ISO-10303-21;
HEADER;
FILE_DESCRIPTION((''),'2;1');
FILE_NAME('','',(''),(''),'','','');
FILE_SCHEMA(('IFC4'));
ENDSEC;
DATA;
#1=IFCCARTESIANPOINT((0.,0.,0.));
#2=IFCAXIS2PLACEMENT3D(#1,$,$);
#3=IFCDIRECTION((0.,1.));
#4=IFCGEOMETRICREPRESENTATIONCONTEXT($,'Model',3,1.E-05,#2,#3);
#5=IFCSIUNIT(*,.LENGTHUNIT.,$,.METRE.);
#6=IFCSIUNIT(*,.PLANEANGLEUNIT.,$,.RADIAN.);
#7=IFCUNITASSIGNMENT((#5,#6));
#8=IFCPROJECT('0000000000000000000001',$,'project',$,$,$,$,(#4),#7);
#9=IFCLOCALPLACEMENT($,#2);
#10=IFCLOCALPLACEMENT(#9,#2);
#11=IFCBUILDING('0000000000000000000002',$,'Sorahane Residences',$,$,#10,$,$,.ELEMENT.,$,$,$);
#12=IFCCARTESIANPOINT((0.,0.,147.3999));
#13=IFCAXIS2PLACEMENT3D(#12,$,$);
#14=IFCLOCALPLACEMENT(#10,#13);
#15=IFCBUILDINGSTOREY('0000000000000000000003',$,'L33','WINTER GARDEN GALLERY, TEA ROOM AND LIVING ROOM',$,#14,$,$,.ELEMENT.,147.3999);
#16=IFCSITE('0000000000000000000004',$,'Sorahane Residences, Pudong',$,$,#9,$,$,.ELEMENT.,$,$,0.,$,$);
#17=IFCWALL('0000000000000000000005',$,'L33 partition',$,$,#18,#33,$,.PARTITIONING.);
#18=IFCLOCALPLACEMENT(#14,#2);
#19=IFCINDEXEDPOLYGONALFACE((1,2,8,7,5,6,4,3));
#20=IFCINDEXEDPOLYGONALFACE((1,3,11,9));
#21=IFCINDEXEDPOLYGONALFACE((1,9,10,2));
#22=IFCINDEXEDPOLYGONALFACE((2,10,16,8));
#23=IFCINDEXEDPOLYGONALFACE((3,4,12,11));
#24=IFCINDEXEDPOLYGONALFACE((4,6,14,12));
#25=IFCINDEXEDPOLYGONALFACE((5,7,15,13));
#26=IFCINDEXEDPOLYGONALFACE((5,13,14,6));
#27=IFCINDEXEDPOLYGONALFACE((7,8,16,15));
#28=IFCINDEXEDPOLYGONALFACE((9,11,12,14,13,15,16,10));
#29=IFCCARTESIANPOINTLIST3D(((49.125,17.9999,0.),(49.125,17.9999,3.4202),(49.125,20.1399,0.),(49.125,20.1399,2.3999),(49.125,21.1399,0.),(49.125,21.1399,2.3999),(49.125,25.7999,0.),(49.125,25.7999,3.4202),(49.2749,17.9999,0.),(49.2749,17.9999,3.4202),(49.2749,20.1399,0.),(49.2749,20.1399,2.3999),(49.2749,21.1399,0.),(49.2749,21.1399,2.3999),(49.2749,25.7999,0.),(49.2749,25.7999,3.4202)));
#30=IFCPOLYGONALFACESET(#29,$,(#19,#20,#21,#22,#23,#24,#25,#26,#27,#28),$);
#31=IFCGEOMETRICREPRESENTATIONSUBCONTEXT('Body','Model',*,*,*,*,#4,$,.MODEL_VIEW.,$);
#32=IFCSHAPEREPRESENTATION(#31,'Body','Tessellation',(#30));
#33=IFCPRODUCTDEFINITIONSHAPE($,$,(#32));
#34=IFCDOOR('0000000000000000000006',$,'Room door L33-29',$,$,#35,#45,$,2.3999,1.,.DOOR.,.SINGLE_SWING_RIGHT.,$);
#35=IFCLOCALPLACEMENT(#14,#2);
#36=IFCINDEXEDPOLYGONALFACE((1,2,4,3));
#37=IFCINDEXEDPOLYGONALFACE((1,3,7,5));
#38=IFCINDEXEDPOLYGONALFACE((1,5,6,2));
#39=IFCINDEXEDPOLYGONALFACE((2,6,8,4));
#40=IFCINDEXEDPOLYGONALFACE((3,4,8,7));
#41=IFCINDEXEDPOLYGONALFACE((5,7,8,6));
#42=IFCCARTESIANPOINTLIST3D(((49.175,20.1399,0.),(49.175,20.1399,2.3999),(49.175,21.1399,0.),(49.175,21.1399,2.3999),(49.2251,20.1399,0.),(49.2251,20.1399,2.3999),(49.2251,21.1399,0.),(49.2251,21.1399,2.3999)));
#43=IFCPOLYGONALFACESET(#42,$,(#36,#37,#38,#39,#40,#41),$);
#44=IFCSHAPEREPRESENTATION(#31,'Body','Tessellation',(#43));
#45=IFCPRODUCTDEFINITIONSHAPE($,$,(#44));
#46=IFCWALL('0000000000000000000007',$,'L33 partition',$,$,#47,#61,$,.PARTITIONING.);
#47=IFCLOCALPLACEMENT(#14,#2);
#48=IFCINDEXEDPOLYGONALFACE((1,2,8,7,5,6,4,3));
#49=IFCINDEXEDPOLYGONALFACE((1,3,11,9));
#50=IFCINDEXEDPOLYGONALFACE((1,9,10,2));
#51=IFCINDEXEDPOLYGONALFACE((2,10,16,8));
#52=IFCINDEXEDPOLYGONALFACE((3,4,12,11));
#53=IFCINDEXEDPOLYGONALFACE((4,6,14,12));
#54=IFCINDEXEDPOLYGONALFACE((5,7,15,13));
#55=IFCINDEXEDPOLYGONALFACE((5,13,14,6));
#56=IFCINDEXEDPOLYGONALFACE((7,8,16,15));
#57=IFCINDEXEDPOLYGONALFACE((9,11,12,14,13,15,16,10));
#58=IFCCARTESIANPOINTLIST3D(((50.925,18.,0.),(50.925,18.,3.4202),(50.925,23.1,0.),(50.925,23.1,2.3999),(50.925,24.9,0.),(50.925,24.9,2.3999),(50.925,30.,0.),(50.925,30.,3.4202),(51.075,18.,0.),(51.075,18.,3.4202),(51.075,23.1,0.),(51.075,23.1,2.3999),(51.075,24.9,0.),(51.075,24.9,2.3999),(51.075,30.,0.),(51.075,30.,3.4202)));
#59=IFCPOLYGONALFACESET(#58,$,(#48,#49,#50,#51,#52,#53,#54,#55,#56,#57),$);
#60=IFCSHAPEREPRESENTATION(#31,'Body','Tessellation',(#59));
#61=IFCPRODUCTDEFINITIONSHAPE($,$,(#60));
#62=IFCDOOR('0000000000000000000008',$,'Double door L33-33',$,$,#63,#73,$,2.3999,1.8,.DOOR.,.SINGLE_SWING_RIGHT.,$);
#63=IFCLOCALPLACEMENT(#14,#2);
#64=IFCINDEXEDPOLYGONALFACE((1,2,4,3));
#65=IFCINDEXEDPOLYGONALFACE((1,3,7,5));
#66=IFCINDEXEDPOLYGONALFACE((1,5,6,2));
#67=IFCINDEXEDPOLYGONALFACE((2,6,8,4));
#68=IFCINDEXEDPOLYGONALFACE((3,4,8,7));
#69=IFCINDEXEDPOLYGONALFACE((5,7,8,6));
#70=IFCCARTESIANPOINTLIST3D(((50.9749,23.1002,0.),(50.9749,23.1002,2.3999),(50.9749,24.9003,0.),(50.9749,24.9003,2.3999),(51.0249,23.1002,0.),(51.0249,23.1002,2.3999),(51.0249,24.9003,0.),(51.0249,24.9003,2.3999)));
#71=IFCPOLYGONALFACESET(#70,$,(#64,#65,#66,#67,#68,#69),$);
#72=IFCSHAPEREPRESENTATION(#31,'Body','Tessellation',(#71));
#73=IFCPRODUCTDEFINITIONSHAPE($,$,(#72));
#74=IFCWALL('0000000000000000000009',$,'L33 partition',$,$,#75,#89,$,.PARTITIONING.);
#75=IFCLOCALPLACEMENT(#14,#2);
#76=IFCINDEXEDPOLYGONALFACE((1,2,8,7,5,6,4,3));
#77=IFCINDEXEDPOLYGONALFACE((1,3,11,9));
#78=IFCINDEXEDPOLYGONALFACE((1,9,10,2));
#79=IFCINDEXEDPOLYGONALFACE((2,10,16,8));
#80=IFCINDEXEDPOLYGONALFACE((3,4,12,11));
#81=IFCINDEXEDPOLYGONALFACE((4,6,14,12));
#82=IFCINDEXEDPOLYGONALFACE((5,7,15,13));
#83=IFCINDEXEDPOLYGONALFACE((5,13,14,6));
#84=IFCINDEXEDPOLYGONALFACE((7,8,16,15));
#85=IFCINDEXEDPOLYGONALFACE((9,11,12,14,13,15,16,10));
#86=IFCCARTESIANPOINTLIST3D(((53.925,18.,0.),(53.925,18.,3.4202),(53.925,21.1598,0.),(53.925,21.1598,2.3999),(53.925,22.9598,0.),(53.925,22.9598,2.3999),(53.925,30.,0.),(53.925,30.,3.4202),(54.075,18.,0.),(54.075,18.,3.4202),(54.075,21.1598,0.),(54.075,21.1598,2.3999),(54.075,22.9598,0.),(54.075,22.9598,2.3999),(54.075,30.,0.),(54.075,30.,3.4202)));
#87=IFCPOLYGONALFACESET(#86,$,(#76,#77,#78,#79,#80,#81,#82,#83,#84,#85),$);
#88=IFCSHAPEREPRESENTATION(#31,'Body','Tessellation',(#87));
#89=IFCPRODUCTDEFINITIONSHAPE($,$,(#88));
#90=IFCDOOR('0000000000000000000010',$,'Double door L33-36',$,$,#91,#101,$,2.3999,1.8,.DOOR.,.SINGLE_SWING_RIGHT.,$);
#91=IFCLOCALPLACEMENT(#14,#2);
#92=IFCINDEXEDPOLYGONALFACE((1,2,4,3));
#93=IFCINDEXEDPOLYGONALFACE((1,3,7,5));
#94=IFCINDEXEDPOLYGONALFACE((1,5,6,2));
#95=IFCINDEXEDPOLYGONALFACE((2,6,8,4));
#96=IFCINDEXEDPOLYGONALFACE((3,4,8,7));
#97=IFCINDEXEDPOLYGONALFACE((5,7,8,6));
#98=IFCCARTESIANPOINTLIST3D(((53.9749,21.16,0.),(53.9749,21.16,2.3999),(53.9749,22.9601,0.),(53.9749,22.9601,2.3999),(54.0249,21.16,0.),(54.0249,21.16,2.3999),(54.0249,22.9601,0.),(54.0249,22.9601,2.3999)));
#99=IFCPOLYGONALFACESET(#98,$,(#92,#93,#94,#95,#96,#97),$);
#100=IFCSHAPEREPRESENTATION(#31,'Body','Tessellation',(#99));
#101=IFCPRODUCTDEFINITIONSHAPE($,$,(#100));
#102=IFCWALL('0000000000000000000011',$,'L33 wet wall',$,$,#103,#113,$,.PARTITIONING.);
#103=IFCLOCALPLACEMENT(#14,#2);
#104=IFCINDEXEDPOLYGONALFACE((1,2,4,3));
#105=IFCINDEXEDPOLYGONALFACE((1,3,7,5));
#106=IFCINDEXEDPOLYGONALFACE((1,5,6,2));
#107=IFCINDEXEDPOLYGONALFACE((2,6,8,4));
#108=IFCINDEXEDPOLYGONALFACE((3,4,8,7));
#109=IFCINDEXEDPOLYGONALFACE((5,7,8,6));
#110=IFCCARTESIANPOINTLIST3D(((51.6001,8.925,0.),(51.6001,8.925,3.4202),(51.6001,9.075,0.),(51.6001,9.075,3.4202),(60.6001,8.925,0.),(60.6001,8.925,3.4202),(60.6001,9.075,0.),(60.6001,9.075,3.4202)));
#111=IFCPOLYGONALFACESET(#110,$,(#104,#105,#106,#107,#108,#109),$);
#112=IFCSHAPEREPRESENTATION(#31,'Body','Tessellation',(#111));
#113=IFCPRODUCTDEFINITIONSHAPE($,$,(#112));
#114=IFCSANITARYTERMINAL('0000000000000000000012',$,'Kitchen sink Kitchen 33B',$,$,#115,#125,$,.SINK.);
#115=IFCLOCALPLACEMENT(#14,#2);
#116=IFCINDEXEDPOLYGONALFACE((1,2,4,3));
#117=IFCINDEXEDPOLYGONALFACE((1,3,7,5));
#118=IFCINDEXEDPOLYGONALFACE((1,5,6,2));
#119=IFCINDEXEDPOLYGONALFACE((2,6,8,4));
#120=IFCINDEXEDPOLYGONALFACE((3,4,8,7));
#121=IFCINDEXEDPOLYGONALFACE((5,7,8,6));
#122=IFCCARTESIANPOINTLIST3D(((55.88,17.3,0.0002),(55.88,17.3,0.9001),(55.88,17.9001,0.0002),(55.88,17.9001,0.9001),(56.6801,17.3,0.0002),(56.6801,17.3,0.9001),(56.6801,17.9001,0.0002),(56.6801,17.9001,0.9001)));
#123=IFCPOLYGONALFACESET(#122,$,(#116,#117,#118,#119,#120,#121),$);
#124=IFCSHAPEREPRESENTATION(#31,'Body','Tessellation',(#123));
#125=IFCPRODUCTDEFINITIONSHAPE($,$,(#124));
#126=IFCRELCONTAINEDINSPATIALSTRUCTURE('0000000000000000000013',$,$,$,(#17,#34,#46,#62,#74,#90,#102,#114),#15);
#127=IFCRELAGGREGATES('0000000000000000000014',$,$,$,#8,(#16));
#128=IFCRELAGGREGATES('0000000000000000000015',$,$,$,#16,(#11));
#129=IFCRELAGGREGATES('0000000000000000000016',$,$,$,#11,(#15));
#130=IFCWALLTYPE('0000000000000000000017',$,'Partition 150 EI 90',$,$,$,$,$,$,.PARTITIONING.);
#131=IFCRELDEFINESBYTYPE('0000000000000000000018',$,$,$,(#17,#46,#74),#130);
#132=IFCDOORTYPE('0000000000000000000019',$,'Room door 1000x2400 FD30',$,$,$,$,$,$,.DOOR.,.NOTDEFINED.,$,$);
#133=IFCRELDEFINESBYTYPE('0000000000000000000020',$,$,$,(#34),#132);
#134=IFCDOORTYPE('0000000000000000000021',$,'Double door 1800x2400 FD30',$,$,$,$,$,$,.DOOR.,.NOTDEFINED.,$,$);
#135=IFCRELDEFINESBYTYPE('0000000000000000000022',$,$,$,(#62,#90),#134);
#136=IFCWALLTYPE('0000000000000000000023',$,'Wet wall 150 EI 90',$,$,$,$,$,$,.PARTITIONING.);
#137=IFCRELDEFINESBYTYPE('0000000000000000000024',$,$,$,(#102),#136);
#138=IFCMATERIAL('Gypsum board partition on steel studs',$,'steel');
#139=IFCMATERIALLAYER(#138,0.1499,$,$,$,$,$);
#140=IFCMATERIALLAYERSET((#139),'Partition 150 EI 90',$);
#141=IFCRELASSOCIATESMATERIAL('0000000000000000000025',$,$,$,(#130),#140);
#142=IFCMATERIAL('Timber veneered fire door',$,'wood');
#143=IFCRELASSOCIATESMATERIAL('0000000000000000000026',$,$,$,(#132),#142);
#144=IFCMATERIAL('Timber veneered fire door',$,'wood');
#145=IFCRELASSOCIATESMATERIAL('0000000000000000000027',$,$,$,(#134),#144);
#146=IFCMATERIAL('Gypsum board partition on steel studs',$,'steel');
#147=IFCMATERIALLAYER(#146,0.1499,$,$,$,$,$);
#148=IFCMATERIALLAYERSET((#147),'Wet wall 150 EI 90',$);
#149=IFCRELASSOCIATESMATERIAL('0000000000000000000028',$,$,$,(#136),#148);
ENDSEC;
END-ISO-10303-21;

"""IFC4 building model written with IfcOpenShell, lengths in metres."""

from ifc_helpers import new_model, si_unit, direction, frame, frame_2d, origin, origin_2d, place, context, subcontext, project, spatial, rectangle, extrude, material, layer, layer_set, type_object, element, fill, save


model = new_model("IFC4")

# Units and contexts
model_context = context("Model", 3, precision=1e-05, world=origin(), true_north=direction((0.0, 1.0)))
body_context = subcontext(model_context, "Body", "Model", "MODEL_VIEW")
ifc_project = project(units=[si_unit("LENGTHUNIT", "METRE"), si_unit("PLANEANGLEUNIT", "RADIAN")], contexts=[model_context])

# Site, building, storey
site_placement = place(None, origin())
site = spatial("IfcSite", under=ifc_project, at=site_placement, Name="Sorahane Residences, Pudong", CompositionType="ELEMENT", RefElevation=0.0)
building_placement = place(site_placement, origin())
building = spatial("IfcBuilding", under=site, at=building_placement, Name="Sorahane Residences", CompositionType="ELEMENT")
storey_placement = place(building_placement, frame((0.0, 0.0, 147.3999)))
storey = spatial("IfcBuildingStorey", under=building, at=storey_placement, Name="L33", Description="WINTER GARDEN GALLERY, TEA ROOM AND LIVING ROOM", CompositionType="ELEMENT", Elevation=147.3999)

# Walls, openings, doors
ifc_material_1 = material(Name="Gypsum board partition on steel studs", Category="steel")
ifc_layer_1 = layer(ifc_material_1, 0.1499)
ifc_layer_set_1 = layer_set([ifc_layer_1], Name="Partition 150 EI 90")
wall_type_1 = type_object("IfcWallType", Name="Partition 150 EI 90", PredefinedType="PARTITIONING", material=ifc_layer_set_1)
wall_1_placement = place(storey_placement, frame((49.2, 18.0, 0.0), z_axis=(0.0, 0.0, 1.0), x_axis=(0.0, 1.0, 0.0)))
wall_1 = element("IfcWall", 1, at=wall_1_placement, inside=storey, type_object=wall_type_1, Name="L33 partition", PredefinedType="PARTITIONING", context=body_context, shape_type="SweptSolid", body=[
    extrude(rectangle(XDim=7.8, YDim=0.1499, at=frame_2d((3.8999, 0.0))), origin(), (0.0, 0.0, 1.0), 3.4202),
])
opening_1_placement = place(wall_1_placement, frame((2.1399, 0.0, 0.0)))
opening_1 = element("IfcOpeningElement", 2, at=opening_1_placement, cuts=wall_1, PredefinedType="OPENING", context=body_context, shape_type="SweptSolid", body=[
    extrude(rectangle(XDim=1.0, YDim=2.3999, at=frame_2d((0.5, 1.2))), frame((0.0, 0.085, 0.0), z_axis=(0.0, -1.0, 0.0), x_axis=(1.0, 0.0, 0.0)), (0.0, 0.0, 1.0), 0.1699),
])
ifc_material_2 = material(Name="Timber veneered fire door", Category="wood")
door_type_1 = type_object("IfcDoorType", Name="Room door 1000x2400 FD30", OperationType="NOTDEFINED", PredefinedType="DOOR", material=ifc_material_2)
door_1_placement = place(opening_1_placement, origin())
door_1 = element("IfcDoor", 3, at=door_1_placement, inside=storey, type_object=door_type_1, Name="Room door L33-29", OperationType="SINGLE_SWING_RIGHT", OverallHeight=2.3999, OverallWidth=1.0, PredefinedType="DOOR", context=body_context, shape_type="SweptSolid", body=[
    extrude(rectangle(XDim=1.0, YDim=2.3999, at=frame_2d((0.5, 1.2))), frame((0.0, 0.0249, 0.0), z_axis=(0.0, -1.0, 0.0), x_axis=(1.0, 0.0, 0.0)), (0.0, 0.0, 1.0), 0.05),
])
fill(opening_1, door_1)
wall_2_placement = place(storey_placement, frame((51.0, 18.0, 0.0), z_axis=(0.0, 0.0, 1.0), x_axis=(0.0, 1.0, 0.0)))
wall_2 = element("IfcWall", 4, at=wall_2_placement, inside=storey, type_object=wall_type_1, Name="L33 partition", PredefinedType="PARTITIONING", context=body_context, shape_type="SweptSolid", body=[
    extrude(rectangle(XDim=12.0, YDim=0.1499, at=frame_2d((6.0, 0.0))), origin(), (0.0, 0.0, 1.0), 3.4202),
])
opening_2_placement = place(wall_2_placement, frame((5.1001, 0.0, 0.0)))
opening_2 = element("IfcOpeningElement", 5, at=opening_2_placement, cuts=wall_2, PredefinedType="OPENING", context=body_context, shape_type="SweptSolid", body=[
    extrude(rectangle(XDim=1.8, YDim=2.3999, at=frame_2d((0.8999, 1.2))), frame((0.0, 0.085, 0.0), z_axis=(0.0, -1.0, 0.0), x_axis=(1.0, 0.0, 0.0)), (0.0, 0.0, 1.0), 0.1699),
])
ifc_material_3 = material(Name="Timber veneered fire door", Category="wood")
door_type_2 = type_object("IfcDoorType", Name="Double door 1800x2400 FD30", OperationType="NOTDEFINED", PredefinedType="DOOR", material=ifc_material_3)
door_2_placement = place(opening_2_placement, frame((1.8, 0.0, 0.0), z_axis=(0.0, 0.0, 1.0), x_axis=(-1.0, 0.0, 0.0)))
door_2 = element("IfcDoor", 6, at=door_2_placement, inside=storey, type_object=door_type_2, Name="Double door L33-33", OperationType="SINGLE_SWING_RIGHT", OverallHeight=2.3999, OverallWidth=1.8, PredefinedType="DOOR", context=body_context, shape_type="SweptSolid", body=[
    extrude(rectangle(XDim=1.8, YDim=2.3999, at=frame_2d((0.8999, 1.2))), frame((0.0, 0.0249, 0.0), z_axis=(0.0, -1.0, 0.0), x_axis=(1.0, 0.0, 0.0)), (0.0, 0.0, 1.0), 0.05),
])
fill(opening_2, door_2)
wall_3_placement = place(storey_placement, frame((54.0, 18.0, 0.0), z_axis=(0.0, 0.0, 1.0), x_axis=(0.0, 1.0, 0.0)))
wall_3 = element("IfcWall", 7, at=wall_3_placement, inside=storey, type_object=wall_type_1, Name="L33 partition", PredefinedType="PARTITIONING", context=body_context, shape_type="SweptSolid", body=[
    extrude(rectangle(XDim=12.0, YDim=0.1499, at=frame_2d((6.0, 0.0))), origin(), (0.0, 0.0, 1.0), 3.4202),
])
opening_3_placement = place(wall_3_placement, frame((3.1599, 0.0, 0.0)))
opening_3 = element("IfcOpeningElement", 8, at=opening_3_placement, cuts=wall_3, PredefinedType="OPENING", context=body_context, shape_type="SweptSolid", body=[
    extrude(rectangle(XDim=1.8, YDim=2.3999, at=frame_2d((0.8999, 1.2))), frame((0.0, 0.085, 0.0), z_axis=(0.0, -1.0, 0.0), x_axis=(1.0, 0.0, 0.0)), (0.0, 0.0, 1.0), 0.1699),
])
door_3_placement = place(opening_3_placement, frame((1.8, 0.0, 0.0), z_axis=(0.0, 0.0, 1.0), x_axis=(-1.0, 0.0, 0.0)))
door_3 = element("IfcDoor", 9, at=door_3_placement, inside=storey, type_object=door_type_2, Name="Double door L33-36", OperationType="SINGLE_SWING_RIGHT", OverallHeight=2.3999, OverallWidth=1.8, PredefinedType="DOOR", context=body_context, shape_type="SweptSolid", body=[
    extrude(rectangle(XDim=1.8, YDim=2.3999, at=frame_2d((0.8999, 1.2))), frame((0.0, 0.0249, 0.0), z_axis=(0.0, -1.0, 0.0), x_axis=(1.0, 0.0, 0.0)), (0.0, 0.0, 1.0), 0.05),
])
fill(opening_3, door_3)

# Wall
ifc_material_4 = material(Name="Gypsum board partition on steel studs", Category="steel")
ifc_layer_2 = layer(ifc_material_4, 0.1499)
ifc_layer_set_2 = layer_set([ifc_layer_2], Name="Wet wall 150 EI 90")
wall_type_2 = type_object("IfcWallType", Name="Wet wall 150 EI 90", PredefinedType="PARTITIONING", material=ifc_layer_set_2)
wall_4_placement = place(storey_placement, frame((51.6001, 9.0, 0.0), z_axis=(0.0, 0.0, 1.0), x_axis=(1.0, 0.0, 0.0)))
element("IfcWall", 10, at=wall_4_placement, inside=storey, type_object=wall_type_2, Name="L33 wet wall", PredefinedType="PARTITIONING", context=body_context, shape_type="SweptSolid", body=[
    extrude(rectangle(XDim=9.0, YDim=0.1499, at=frame_2d((4.5, 0.0))), origin(), (0.0, 0.0, 1.0), 3.4202),
])

# Sanitary terminal
sanitary_terminal_placement = place(storey_placement, frame((56.28, 17.6001, 0.0002), z_axis=(0.0, 0.0, 1.0), x_axis=(1.0, 0.0, 0.0)))
element("IfcSanitaryTerminal", 11, at=sanitary_terminal_placement, inside=storey, Name="Kitchen sink Kitchen 33B", PredefinedType="SINK", context=body_context, shape_type="SweptSolid", body=[
    extrude(rectangle(XDim=0.8, YDim=0.6001, at=origin_2d()), origin(), (0.0, 0.0, 1.0), 0.8999),
])

save(model, "model.ifc")
